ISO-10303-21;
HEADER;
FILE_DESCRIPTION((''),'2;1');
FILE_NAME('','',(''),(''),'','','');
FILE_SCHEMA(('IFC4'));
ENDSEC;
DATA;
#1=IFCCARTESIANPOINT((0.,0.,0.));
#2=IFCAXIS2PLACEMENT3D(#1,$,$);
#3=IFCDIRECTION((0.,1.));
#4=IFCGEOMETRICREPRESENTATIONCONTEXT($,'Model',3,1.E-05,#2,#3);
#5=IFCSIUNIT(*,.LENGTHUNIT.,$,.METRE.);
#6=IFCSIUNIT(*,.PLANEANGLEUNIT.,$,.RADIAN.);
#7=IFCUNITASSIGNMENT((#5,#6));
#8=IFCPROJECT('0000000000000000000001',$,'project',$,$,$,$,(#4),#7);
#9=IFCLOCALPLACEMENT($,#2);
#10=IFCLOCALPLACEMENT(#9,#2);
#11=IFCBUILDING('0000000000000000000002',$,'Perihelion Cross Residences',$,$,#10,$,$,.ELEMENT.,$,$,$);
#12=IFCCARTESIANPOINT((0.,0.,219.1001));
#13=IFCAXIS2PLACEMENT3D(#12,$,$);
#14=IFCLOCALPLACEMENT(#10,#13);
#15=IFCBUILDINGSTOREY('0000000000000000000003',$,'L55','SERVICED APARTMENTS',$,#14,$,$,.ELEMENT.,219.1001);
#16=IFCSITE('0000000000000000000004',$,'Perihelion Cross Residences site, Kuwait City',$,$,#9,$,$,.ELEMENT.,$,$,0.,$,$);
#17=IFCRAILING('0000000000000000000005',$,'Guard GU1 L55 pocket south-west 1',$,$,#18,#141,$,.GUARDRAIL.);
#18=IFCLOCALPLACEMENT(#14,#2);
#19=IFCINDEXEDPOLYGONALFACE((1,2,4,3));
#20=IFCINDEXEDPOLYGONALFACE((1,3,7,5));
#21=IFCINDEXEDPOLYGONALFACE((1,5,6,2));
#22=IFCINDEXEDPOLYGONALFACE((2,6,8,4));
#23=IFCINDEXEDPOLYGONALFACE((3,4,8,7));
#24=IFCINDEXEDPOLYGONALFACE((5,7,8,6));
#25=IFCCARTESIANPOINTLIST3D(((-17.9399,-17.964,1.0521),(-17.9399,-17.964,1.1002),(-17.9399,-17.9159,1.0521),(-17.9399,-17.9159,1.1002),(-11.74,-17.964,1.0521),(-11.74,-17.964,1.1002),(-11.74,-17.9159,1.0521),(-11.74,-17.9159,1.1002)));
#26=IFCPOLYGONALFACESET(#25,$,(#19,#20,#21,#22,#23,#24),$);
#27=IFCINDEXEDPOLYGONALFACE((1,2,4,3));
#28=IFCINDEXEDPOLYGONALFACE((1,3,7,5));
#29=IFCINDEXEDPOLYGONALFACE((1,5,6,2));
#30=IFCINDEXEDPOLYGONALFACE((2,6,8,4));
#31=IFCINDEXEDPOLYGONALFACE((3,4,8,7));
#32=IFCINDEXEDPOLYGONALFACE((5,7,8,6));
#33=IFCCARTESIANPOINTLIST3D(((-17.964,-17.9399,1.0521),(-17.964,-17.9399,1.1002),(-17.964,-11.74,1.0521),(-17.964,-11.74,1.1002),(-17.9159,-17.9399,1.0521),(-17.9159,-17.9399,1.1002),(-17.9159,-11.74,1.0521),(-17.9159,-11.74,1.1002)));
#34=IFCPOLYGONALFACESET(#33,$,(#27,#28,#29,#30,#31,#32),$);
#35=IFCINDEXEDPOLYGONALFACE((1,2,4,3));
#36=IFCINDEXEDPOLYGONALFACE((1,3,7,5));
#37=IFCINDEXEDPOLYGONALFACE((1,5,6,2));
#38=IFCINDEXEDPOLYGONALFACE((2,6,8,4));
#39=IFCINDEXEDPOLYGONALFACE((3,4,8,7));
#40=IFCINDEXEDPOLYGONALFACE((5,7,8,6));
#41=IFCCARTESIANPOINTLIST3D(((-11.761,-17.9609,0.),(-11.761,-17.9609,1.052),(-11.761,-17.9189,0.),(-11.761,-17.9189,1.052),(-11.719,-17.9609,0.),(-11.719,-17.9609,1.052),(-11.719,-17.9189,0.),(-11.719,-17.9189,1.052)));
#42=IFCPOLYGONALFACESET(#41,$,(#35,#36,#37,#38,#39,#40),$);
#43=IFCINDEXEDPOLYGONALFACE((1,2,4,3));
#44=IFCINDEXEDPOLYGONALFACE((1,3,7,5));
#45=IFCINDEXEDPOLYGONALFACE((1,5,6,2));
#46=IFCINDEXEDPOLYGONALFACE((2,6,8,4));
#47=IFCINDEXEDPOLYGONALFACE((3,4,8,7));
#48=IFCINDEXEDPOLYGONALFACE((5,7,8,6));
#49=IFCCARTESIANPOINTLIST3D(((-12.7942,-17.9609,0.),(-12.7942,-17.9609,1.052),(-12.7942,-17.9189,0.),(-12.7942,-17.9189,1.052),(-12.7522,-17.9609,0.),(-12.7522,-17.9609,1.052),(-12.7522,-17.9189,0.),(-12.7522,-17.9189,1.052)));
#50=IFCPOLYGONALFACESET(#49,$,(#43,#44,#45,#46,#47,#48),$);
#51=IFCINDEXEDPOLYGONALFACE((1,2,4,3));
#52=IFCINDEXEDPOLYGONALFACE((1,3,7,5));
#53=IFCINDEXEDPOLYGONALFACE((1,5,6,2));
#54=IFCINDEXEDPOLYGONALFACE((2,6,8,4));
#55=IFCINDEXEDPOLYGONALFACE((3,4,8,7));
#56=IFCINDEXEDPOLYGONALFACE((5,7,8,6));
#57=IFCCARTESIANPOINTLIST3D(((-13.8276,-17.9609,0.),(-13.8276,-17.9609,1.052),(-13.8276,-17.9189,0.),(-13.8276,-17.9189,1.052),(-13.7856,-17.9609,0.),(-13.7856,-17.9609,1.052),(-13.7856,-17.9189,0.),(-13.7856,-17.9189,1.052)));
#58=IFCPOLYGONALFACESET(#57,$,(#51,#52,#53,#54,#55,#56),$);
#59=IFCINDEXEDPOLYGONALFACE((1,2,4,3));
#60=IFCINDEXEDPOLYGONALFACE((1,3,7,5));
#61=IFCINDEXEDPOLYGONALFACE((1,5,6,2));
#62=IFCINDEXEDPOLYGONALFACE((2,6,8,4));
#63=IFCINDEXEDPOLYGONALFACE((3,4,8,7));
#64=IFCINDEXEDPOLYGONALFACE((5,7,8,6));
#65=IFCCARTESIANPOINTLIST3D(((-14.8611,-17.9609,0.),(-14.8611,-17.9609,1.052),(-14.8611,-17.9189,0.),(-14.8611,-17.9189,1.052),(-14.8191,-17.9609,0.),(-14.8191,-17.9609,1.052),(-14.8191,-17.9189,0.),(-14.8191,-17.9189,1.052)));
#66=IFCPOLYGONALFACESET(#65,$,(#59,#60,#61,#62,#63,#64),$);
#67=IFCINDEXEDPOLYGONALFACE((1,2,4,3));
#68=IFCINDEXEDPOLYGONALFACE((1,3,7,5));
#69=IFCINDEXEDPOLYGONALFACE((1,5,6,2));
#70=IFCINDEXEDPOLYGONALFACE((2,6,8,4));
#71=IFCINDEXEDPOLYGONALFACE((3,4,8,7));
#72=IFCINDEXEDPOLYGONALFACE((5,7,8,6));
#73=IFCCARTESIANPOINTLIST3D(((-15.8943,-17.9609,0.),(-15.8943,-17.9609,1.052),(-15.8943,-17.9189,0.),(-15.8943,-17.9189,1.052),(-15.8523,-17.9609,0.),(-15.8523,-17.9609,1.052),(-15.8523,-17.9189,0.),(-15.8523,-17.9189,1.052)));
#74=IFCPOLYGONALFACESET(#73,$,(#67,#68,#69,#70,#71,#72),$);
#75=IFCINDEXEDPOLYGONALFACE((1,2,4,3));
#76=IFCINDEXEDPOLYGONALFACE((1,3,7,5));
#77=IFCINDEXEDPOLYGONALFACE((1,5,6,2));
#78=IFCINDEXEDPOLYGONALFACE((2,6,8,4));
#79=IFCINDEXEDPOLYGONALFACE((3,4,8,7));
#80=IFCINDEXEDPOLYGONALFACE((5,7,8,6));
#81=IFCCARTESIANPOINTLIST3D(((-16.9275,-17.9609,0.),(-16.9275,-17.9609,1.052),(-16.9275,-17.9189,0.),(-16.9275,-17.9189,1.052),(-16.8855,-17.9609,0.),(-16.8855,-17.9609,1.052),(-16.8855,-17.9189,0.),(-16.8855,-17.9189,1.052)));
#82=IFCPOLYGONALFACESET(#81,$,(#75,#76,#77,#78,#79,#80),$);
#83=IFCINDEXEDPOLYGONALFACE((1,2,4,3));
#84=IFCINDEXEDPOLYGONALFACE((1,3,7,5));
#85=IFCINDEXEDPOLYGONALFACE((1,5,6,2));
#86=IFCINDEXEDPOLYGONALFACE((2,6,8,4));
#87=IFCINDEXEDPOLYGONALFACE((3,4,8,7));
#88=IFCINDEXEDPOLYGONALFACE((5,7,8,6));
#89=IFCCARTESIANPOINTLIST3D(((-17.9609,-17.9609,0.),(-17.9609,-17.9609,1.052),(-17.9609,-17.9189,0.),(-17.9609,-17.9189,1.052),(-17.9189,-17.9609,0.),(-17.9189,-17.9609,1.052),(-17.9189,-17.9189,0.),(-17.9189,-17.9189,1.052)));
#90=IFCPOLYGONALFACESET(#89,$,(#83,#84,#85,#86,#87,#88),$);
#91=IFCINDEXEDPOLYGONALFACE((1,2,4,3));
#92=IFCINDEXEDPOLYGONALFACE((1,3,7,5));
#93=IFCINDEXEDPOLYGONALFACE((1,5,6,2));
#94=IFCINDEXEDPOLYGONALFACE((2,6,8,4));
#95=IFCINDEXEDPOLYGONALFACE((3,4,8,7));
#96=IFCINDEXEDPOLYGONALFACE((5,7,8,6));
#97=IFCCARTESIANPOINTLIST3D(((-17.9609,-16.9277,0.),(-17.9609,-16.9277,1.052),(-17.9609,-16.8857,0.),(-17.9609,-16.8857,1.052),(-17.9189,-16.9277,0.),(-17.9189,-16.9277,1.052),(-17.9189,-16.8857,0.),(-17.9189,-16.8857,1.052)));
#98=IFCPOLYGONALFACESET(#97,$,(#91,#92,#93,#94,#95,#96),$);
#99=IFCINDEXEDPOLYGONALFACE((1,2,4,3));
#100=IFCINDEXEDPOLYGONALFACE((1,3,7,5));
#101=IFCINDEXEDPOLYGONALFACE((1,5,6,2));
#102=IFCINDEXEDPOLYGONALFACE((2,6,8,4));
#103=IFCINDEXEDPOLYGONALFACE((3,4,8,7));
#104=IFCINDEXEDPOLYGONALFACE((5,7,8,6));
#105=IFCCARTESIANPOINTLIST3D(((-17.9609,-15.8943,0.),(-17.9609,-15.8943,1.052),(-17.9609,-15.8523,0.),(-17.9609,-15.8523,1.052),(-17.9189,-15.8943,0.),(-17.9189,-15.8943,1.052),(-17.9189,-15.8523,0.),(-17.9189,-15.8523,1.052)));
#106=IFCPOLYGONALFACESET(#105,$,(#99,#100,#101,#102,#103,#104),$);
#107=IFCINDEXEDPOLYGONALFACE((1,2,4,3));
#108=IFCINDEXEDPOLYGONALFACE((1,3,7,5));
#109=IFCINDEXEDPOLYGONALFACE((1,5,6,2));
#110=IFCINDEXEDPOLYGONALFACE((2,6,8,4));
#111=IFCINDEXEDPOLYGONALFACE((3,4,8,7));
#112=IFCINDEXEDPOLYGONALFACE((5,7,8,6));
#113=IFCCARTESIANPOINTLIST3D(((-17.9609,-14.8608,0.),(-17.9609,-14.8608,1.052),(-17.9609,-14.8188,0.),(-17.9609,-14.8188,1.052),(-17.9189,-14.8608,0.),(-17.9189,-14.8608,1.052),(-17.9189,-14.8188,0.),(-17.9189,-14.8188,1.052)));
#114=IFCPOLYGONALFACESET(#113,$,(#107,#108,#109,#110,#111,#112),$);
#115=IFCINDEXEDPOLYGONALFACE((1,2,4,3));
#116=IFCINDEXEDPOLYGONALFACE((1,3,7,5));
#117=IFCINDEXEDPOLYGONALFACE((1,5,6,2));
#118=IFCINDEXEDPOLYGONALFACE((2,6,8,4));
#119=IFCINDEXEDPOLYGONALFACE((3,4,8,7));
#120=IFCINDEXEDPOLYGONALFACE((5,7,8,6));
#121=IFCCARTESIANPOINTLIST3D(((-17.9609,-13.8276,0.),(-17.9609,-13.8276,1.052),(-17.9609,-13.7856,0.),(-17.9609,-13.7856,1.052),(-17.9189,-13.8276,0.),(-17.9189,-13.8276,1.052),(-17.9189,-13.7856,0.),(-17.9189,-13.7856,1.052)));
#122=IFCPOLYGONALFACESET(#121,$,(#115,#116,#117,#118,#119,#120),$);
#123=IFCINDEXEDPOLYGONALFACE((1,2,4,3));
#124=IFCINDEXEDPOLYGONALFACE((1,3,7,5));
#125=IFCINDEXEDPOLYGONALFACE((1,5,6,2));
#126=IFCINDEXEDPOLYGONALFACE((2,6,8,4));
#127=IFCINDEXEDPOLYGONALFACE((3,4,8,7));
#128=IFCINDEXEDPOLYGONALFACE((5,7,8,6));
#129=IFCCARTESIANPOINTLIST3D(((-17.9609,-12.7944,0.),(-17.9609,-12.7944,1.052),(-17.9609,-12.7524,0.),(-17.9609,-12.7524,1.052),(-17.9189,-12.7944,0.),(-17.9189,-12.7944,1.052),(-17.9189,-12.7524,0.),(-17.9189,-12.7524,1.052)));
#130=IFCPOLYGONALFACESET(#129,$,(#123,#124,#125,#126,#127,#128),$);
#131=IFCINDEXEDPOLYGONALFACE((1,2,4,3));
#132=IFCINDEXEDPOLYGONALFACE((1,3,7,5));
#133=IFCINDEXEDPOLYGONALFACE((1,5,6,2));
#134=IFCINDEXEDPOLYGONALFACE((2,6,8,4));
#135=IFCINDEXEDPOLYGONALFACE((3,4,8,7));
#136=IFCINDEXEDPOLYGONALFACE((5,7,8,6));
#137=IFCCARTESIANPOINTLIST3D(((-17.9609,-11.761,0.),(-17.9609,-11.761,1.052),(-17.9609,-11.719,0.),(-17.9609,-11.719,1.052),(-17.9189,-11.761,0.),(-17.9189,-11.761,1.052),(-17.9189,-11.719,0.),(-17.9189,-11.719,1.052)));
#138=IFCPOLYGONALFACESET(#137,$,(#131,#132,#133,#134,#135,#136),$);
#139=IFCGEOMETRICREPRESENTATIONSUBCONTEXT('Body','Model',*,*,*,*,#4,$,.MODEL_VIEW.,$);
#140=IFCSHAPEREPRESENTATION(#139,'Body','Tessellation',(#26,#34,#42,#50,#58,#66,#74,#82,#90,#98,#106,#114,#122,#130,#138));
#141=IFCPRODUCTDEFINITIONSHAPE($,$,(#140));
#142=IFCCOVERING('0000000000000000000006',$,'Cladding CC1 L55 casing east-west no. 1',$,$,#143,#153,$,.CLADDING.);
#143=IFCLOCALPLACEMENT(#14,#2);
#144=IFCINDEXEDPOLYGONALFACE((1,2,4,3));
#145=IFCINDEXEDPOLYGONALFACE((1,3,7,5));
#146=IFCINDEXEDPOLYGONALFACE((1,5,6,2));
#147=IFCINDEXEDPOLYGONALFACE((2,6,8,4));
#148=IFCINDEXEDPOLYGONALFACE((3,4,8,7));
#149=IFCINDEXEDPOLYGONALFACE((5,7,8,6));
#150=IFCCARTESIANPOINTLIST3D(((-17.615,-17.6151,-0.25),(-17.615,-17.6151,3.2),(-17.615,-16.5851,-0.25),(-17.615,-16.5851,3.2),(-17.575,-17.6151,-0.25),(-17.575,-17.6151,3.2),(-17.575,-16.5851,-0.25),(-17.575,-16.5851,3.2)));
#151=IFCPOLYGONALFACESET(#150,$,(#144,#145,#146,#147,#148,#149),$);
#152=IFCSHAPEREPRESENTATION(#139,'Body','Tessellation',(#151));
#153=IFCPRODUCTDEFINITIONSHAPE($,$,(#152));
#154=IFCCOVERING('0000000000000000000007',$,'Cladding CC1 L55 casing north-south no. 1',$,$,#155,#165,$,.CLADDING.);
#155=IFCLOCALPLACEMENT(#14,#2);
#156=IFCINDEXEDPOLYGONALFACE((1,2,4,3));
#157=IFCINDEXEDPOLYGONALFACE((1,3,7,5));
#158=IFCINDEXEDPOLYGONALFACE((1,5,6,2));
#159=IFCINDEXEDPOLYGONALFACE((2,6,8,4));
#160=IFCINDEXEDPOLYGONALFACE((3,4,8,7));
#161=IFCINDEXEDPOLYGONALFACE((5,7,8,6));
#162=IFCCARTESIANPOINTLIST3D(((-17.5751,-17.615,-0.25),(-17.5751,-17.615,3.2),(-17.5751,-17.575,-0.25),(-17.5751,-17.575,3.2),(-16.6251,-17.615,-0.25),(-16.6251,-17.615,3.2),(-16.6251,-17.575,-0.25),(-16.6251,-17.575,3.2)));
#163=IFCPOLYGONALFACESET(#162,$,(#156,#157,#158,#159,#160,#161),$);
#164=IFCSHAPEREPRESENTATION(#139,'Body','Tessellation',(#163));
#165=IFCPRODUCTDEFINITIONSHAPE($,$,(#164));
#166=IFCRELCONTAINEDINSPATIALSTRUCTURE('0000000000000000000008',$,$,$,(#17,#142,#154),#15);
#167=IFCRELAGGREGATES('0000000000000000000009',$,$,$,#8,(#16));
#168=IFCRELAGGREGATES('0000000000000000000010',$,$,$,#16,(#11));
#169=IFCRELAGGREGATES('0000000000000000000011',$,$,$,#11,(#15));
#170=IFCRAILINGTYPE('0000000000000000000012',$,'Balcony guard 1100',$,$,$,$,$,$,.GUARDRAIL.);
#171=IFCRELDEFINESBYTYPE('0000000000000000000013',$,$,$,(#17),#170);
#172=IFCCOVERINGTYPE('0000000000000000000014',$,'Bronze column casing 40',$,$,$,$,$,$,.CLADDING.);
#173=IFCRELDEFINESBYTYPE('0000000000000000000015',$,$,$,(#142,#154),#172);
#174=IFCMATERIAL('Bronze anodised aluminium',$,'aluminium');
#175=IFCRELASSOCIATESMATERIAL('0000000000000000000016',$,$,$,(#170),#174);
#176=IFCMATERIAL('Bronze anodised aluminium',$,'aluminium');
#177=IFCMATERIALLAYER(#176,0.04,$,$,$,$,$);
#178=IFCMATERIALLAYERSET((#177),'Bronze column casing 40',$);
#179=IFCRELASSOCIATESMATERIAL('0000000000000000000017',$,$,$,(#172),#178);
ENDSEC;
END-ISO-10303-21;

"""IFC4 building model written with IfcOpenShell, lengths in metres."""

from ifc_helpers import new_model, si_unit, direction, frame, origin, origin_2d, place, context, subcontext, project, spatial, rectangle, extrude, material, layer, layer_set, type_object, element, save


model = new_model("IFC4")

# Units and contexts
model_context = context("Model", 3, precision=1e-05, world=origin(), true_north=direction((0.0, 1.0)))
body_context = subcontext(model_context, "Body", "Model", "MODEL_VIEW")
ifc_project = project(units=[si_unit("LENGTHUNIT", "METRE"), si_unit("PLANEANGLEUNIT", "RADIAN")], contexts=[model_context])

# Site, building, storey
site_placement = place(None, origin())
site = spatial("IfcSite", under=ifc_project, at=site_placement, Name="Perihelion Cross Residences site, Kuwait City", CompositionType="ELEMENT", RefElevation=0.0)
building_placement = place(site_placement, origin())
building = spatial("IfcBuilding", under=site, at=building_placement, Name="Perihelion Cross Residences", CompositionType="ELEMENT")
storey_placement = place(building_placement, frame((0.0, 0.0, 219.1001)))
storey = spatial("IfcBuildingStorey", under=building, at=storey_placement, Name="L55", Description="SERVICED APARTMENTS", CompositionType="ELEMENT", Elevation=219.1001)

# Railing
ifc_material_1 = material(Name="Bronze anodised aluminium", Category="aluminium")
railing_type = type_object("IfcRailingType", Name="Balcony guard 1100", PredefinedType="GUARDRAIL", material=ifc_material_1)
railing_placement = place(storey_placement, frame((-11.74, -17.9399, 0.0)))
element("IfcRailing", 1, at=railing_placement, inside=storey, type_object=railing_type, Name="Guard GU1 L55 pocket south-west 1", PredefinedType="GUARDRAIL", context=body_context, shape_type="SweptSolid", body=[
    extrude(rectangle(XDim=0.0481, YDim=0.0481, at=origin_2d()), frame((0.0, 0.0, 1.0762), z_axis=(-1.0, 0.0, 0.0), x_axis=(0.0, -1.0, 0.0)), (0.0, 0.0, 1.0), 6.2),
    extrude(rectangle(XDim=0.0481, YDim=0.0481, at=origin_2d()), frame((-6.2, 0.0, 1.0762), z_axis=(0.0, 1.0, 0.0), x_axis=(-1.0, 0.0, 0.0)), (0.0, 0.0, 1.0), 6.2),
    extrude(rectangle(XDim=0.042, YDim=0.042, at=origin_2d()), origin(), (0.0, 0.0, 1.0), 1.052),
    extrude(rectangle(XDim=0.042, YDim=0.042, at=origin_2d()), frame((-1.0332, 0.0, 0.0)), (0.0, 0.0, 1.0), 1.052),
    extrude(rectangle(XDim=0.042, YDim=0.042, at=origin_2d()), frame((-2.0667, 0.0, 0.0)), (0.0, 0.0, 1.0), 1.052),
    extrude(rectangle(XDim=0.042, YDim=0.042, at=origin_2d()), frame((-3.1001, 0.0, 0.0)), (0.0, 0.0, 1.0), 1.052),
    extrude(rectangle(XDim=0.042, YDim=0.042, at=origin_2d()), frame((-4.1333, 0.0, 0.0)), (0.0, 0.0, 1.0), 1.052),
    extrude(rectangle(XDim=0.042, YDim=0.042, at=origin_2d()), frame((-5.1665, 0.0, 0.0)), (0.0, 0.0, 1.0), 1.052),
    extrude(rectangle(XDim=0.042, YDim=0.042, at=origin_2d()), frame((-6.2, 0.0, 0.0)), (0.0, 0.0, 1.0), 1.052),
    extrude(rectangle(XDim=0.042, YDim=0.042, at=origin_2d()), frame((-6.2, 1.0332, 0.0)), (0.0, 0.0, 1.0), 1.052),
    extrude(rectangle(XDim=0.042, YDim=0.042, at=origin_2d()), frame((-6.2, 2.0667, 0.0)), (0.0, 0.0, 1.0), 1.052),
    extrude(rectangle(XDim=0.042, YDim=0.042, at=origin_2d()), frame((-6.2, 3.1001, 0.0)), (0.0, 0.0, 1.0), 1.052),
    extrude(rectangle(XDim=0.042, YDim=0.042, at=origin_2d()), frame((-6.2, 4.1333, 0.0)), (0.0, 0.0, 1.0), 1.052),
    extrude(rectangle(XDim=0.042, YDim=0.042, at=origin_2d()), frame((-6.2, 5.1665, 0.0)), (0.0, 0.0, 1.0), 1.052),
    extrude(rectangle(XDim=0.042, YDim=0.042, at=origin_2d()), frame((-6.2, 6.2, 0.0)), (0.0, 0.0, 1.0), 1.052),
])

# Coverings
ifc_material_2 = material(Name="Bronze anodised aluminium", Category="aluminium")
ifc_layer_1 = layer(ifc_material_2, 0.04)
ifc_layer_set_1 = layer_set([ifc_layer_1], Name="Bronze column casing 40")
covering_type = type_object("IfcCoveringType", Name="Bronze column casing 40", PredefinedType="CLADDING", material=ifc_layer_set_1)
covering_1_placement = place(storey_placement, frame((-17.595, -17.1001, -0.25), z_axis=(0.0, 0.0, 1.0), x_axis=(1.0, 0.0, 0.0)))
element("IfcCovering", 2, at=covering_1_placement, inside=storey, type_object=covering_type, Name="Cladding CC1 L55 casing east-west no. 1", PredefinedType="CLADDING", context=body_context, shape_type="SweptSolid", body=[
    extrude(rectangle(XDim=0.04, YDim=1.03, at=origin_2d()), origin(), (0.0, 0.0, 1.0), 3.45),
])
covering_2_placement = place(storey_placement, frame((-17.1001, -17.595, -0.25), z_axis=(0.0, 0.0, 1.0), x_axis=(1.0, 0.0, 0.0)))
element("IfcCovering", 3, at=covering_2_placement, inside=storey, type_object=covering_type, Name="Cladding CC1 L55 casing north-south no. 1", PredefinedType="CLADDING", context=body_context, shape_type="SweptSolid", body=[
    extrude(rectangle(XDim=0.95, YDim=0.04, at=origin_2d()), origin(), (0.0, 0.0, 1.0), 3.45),
])

save(model, "model.ifc")
